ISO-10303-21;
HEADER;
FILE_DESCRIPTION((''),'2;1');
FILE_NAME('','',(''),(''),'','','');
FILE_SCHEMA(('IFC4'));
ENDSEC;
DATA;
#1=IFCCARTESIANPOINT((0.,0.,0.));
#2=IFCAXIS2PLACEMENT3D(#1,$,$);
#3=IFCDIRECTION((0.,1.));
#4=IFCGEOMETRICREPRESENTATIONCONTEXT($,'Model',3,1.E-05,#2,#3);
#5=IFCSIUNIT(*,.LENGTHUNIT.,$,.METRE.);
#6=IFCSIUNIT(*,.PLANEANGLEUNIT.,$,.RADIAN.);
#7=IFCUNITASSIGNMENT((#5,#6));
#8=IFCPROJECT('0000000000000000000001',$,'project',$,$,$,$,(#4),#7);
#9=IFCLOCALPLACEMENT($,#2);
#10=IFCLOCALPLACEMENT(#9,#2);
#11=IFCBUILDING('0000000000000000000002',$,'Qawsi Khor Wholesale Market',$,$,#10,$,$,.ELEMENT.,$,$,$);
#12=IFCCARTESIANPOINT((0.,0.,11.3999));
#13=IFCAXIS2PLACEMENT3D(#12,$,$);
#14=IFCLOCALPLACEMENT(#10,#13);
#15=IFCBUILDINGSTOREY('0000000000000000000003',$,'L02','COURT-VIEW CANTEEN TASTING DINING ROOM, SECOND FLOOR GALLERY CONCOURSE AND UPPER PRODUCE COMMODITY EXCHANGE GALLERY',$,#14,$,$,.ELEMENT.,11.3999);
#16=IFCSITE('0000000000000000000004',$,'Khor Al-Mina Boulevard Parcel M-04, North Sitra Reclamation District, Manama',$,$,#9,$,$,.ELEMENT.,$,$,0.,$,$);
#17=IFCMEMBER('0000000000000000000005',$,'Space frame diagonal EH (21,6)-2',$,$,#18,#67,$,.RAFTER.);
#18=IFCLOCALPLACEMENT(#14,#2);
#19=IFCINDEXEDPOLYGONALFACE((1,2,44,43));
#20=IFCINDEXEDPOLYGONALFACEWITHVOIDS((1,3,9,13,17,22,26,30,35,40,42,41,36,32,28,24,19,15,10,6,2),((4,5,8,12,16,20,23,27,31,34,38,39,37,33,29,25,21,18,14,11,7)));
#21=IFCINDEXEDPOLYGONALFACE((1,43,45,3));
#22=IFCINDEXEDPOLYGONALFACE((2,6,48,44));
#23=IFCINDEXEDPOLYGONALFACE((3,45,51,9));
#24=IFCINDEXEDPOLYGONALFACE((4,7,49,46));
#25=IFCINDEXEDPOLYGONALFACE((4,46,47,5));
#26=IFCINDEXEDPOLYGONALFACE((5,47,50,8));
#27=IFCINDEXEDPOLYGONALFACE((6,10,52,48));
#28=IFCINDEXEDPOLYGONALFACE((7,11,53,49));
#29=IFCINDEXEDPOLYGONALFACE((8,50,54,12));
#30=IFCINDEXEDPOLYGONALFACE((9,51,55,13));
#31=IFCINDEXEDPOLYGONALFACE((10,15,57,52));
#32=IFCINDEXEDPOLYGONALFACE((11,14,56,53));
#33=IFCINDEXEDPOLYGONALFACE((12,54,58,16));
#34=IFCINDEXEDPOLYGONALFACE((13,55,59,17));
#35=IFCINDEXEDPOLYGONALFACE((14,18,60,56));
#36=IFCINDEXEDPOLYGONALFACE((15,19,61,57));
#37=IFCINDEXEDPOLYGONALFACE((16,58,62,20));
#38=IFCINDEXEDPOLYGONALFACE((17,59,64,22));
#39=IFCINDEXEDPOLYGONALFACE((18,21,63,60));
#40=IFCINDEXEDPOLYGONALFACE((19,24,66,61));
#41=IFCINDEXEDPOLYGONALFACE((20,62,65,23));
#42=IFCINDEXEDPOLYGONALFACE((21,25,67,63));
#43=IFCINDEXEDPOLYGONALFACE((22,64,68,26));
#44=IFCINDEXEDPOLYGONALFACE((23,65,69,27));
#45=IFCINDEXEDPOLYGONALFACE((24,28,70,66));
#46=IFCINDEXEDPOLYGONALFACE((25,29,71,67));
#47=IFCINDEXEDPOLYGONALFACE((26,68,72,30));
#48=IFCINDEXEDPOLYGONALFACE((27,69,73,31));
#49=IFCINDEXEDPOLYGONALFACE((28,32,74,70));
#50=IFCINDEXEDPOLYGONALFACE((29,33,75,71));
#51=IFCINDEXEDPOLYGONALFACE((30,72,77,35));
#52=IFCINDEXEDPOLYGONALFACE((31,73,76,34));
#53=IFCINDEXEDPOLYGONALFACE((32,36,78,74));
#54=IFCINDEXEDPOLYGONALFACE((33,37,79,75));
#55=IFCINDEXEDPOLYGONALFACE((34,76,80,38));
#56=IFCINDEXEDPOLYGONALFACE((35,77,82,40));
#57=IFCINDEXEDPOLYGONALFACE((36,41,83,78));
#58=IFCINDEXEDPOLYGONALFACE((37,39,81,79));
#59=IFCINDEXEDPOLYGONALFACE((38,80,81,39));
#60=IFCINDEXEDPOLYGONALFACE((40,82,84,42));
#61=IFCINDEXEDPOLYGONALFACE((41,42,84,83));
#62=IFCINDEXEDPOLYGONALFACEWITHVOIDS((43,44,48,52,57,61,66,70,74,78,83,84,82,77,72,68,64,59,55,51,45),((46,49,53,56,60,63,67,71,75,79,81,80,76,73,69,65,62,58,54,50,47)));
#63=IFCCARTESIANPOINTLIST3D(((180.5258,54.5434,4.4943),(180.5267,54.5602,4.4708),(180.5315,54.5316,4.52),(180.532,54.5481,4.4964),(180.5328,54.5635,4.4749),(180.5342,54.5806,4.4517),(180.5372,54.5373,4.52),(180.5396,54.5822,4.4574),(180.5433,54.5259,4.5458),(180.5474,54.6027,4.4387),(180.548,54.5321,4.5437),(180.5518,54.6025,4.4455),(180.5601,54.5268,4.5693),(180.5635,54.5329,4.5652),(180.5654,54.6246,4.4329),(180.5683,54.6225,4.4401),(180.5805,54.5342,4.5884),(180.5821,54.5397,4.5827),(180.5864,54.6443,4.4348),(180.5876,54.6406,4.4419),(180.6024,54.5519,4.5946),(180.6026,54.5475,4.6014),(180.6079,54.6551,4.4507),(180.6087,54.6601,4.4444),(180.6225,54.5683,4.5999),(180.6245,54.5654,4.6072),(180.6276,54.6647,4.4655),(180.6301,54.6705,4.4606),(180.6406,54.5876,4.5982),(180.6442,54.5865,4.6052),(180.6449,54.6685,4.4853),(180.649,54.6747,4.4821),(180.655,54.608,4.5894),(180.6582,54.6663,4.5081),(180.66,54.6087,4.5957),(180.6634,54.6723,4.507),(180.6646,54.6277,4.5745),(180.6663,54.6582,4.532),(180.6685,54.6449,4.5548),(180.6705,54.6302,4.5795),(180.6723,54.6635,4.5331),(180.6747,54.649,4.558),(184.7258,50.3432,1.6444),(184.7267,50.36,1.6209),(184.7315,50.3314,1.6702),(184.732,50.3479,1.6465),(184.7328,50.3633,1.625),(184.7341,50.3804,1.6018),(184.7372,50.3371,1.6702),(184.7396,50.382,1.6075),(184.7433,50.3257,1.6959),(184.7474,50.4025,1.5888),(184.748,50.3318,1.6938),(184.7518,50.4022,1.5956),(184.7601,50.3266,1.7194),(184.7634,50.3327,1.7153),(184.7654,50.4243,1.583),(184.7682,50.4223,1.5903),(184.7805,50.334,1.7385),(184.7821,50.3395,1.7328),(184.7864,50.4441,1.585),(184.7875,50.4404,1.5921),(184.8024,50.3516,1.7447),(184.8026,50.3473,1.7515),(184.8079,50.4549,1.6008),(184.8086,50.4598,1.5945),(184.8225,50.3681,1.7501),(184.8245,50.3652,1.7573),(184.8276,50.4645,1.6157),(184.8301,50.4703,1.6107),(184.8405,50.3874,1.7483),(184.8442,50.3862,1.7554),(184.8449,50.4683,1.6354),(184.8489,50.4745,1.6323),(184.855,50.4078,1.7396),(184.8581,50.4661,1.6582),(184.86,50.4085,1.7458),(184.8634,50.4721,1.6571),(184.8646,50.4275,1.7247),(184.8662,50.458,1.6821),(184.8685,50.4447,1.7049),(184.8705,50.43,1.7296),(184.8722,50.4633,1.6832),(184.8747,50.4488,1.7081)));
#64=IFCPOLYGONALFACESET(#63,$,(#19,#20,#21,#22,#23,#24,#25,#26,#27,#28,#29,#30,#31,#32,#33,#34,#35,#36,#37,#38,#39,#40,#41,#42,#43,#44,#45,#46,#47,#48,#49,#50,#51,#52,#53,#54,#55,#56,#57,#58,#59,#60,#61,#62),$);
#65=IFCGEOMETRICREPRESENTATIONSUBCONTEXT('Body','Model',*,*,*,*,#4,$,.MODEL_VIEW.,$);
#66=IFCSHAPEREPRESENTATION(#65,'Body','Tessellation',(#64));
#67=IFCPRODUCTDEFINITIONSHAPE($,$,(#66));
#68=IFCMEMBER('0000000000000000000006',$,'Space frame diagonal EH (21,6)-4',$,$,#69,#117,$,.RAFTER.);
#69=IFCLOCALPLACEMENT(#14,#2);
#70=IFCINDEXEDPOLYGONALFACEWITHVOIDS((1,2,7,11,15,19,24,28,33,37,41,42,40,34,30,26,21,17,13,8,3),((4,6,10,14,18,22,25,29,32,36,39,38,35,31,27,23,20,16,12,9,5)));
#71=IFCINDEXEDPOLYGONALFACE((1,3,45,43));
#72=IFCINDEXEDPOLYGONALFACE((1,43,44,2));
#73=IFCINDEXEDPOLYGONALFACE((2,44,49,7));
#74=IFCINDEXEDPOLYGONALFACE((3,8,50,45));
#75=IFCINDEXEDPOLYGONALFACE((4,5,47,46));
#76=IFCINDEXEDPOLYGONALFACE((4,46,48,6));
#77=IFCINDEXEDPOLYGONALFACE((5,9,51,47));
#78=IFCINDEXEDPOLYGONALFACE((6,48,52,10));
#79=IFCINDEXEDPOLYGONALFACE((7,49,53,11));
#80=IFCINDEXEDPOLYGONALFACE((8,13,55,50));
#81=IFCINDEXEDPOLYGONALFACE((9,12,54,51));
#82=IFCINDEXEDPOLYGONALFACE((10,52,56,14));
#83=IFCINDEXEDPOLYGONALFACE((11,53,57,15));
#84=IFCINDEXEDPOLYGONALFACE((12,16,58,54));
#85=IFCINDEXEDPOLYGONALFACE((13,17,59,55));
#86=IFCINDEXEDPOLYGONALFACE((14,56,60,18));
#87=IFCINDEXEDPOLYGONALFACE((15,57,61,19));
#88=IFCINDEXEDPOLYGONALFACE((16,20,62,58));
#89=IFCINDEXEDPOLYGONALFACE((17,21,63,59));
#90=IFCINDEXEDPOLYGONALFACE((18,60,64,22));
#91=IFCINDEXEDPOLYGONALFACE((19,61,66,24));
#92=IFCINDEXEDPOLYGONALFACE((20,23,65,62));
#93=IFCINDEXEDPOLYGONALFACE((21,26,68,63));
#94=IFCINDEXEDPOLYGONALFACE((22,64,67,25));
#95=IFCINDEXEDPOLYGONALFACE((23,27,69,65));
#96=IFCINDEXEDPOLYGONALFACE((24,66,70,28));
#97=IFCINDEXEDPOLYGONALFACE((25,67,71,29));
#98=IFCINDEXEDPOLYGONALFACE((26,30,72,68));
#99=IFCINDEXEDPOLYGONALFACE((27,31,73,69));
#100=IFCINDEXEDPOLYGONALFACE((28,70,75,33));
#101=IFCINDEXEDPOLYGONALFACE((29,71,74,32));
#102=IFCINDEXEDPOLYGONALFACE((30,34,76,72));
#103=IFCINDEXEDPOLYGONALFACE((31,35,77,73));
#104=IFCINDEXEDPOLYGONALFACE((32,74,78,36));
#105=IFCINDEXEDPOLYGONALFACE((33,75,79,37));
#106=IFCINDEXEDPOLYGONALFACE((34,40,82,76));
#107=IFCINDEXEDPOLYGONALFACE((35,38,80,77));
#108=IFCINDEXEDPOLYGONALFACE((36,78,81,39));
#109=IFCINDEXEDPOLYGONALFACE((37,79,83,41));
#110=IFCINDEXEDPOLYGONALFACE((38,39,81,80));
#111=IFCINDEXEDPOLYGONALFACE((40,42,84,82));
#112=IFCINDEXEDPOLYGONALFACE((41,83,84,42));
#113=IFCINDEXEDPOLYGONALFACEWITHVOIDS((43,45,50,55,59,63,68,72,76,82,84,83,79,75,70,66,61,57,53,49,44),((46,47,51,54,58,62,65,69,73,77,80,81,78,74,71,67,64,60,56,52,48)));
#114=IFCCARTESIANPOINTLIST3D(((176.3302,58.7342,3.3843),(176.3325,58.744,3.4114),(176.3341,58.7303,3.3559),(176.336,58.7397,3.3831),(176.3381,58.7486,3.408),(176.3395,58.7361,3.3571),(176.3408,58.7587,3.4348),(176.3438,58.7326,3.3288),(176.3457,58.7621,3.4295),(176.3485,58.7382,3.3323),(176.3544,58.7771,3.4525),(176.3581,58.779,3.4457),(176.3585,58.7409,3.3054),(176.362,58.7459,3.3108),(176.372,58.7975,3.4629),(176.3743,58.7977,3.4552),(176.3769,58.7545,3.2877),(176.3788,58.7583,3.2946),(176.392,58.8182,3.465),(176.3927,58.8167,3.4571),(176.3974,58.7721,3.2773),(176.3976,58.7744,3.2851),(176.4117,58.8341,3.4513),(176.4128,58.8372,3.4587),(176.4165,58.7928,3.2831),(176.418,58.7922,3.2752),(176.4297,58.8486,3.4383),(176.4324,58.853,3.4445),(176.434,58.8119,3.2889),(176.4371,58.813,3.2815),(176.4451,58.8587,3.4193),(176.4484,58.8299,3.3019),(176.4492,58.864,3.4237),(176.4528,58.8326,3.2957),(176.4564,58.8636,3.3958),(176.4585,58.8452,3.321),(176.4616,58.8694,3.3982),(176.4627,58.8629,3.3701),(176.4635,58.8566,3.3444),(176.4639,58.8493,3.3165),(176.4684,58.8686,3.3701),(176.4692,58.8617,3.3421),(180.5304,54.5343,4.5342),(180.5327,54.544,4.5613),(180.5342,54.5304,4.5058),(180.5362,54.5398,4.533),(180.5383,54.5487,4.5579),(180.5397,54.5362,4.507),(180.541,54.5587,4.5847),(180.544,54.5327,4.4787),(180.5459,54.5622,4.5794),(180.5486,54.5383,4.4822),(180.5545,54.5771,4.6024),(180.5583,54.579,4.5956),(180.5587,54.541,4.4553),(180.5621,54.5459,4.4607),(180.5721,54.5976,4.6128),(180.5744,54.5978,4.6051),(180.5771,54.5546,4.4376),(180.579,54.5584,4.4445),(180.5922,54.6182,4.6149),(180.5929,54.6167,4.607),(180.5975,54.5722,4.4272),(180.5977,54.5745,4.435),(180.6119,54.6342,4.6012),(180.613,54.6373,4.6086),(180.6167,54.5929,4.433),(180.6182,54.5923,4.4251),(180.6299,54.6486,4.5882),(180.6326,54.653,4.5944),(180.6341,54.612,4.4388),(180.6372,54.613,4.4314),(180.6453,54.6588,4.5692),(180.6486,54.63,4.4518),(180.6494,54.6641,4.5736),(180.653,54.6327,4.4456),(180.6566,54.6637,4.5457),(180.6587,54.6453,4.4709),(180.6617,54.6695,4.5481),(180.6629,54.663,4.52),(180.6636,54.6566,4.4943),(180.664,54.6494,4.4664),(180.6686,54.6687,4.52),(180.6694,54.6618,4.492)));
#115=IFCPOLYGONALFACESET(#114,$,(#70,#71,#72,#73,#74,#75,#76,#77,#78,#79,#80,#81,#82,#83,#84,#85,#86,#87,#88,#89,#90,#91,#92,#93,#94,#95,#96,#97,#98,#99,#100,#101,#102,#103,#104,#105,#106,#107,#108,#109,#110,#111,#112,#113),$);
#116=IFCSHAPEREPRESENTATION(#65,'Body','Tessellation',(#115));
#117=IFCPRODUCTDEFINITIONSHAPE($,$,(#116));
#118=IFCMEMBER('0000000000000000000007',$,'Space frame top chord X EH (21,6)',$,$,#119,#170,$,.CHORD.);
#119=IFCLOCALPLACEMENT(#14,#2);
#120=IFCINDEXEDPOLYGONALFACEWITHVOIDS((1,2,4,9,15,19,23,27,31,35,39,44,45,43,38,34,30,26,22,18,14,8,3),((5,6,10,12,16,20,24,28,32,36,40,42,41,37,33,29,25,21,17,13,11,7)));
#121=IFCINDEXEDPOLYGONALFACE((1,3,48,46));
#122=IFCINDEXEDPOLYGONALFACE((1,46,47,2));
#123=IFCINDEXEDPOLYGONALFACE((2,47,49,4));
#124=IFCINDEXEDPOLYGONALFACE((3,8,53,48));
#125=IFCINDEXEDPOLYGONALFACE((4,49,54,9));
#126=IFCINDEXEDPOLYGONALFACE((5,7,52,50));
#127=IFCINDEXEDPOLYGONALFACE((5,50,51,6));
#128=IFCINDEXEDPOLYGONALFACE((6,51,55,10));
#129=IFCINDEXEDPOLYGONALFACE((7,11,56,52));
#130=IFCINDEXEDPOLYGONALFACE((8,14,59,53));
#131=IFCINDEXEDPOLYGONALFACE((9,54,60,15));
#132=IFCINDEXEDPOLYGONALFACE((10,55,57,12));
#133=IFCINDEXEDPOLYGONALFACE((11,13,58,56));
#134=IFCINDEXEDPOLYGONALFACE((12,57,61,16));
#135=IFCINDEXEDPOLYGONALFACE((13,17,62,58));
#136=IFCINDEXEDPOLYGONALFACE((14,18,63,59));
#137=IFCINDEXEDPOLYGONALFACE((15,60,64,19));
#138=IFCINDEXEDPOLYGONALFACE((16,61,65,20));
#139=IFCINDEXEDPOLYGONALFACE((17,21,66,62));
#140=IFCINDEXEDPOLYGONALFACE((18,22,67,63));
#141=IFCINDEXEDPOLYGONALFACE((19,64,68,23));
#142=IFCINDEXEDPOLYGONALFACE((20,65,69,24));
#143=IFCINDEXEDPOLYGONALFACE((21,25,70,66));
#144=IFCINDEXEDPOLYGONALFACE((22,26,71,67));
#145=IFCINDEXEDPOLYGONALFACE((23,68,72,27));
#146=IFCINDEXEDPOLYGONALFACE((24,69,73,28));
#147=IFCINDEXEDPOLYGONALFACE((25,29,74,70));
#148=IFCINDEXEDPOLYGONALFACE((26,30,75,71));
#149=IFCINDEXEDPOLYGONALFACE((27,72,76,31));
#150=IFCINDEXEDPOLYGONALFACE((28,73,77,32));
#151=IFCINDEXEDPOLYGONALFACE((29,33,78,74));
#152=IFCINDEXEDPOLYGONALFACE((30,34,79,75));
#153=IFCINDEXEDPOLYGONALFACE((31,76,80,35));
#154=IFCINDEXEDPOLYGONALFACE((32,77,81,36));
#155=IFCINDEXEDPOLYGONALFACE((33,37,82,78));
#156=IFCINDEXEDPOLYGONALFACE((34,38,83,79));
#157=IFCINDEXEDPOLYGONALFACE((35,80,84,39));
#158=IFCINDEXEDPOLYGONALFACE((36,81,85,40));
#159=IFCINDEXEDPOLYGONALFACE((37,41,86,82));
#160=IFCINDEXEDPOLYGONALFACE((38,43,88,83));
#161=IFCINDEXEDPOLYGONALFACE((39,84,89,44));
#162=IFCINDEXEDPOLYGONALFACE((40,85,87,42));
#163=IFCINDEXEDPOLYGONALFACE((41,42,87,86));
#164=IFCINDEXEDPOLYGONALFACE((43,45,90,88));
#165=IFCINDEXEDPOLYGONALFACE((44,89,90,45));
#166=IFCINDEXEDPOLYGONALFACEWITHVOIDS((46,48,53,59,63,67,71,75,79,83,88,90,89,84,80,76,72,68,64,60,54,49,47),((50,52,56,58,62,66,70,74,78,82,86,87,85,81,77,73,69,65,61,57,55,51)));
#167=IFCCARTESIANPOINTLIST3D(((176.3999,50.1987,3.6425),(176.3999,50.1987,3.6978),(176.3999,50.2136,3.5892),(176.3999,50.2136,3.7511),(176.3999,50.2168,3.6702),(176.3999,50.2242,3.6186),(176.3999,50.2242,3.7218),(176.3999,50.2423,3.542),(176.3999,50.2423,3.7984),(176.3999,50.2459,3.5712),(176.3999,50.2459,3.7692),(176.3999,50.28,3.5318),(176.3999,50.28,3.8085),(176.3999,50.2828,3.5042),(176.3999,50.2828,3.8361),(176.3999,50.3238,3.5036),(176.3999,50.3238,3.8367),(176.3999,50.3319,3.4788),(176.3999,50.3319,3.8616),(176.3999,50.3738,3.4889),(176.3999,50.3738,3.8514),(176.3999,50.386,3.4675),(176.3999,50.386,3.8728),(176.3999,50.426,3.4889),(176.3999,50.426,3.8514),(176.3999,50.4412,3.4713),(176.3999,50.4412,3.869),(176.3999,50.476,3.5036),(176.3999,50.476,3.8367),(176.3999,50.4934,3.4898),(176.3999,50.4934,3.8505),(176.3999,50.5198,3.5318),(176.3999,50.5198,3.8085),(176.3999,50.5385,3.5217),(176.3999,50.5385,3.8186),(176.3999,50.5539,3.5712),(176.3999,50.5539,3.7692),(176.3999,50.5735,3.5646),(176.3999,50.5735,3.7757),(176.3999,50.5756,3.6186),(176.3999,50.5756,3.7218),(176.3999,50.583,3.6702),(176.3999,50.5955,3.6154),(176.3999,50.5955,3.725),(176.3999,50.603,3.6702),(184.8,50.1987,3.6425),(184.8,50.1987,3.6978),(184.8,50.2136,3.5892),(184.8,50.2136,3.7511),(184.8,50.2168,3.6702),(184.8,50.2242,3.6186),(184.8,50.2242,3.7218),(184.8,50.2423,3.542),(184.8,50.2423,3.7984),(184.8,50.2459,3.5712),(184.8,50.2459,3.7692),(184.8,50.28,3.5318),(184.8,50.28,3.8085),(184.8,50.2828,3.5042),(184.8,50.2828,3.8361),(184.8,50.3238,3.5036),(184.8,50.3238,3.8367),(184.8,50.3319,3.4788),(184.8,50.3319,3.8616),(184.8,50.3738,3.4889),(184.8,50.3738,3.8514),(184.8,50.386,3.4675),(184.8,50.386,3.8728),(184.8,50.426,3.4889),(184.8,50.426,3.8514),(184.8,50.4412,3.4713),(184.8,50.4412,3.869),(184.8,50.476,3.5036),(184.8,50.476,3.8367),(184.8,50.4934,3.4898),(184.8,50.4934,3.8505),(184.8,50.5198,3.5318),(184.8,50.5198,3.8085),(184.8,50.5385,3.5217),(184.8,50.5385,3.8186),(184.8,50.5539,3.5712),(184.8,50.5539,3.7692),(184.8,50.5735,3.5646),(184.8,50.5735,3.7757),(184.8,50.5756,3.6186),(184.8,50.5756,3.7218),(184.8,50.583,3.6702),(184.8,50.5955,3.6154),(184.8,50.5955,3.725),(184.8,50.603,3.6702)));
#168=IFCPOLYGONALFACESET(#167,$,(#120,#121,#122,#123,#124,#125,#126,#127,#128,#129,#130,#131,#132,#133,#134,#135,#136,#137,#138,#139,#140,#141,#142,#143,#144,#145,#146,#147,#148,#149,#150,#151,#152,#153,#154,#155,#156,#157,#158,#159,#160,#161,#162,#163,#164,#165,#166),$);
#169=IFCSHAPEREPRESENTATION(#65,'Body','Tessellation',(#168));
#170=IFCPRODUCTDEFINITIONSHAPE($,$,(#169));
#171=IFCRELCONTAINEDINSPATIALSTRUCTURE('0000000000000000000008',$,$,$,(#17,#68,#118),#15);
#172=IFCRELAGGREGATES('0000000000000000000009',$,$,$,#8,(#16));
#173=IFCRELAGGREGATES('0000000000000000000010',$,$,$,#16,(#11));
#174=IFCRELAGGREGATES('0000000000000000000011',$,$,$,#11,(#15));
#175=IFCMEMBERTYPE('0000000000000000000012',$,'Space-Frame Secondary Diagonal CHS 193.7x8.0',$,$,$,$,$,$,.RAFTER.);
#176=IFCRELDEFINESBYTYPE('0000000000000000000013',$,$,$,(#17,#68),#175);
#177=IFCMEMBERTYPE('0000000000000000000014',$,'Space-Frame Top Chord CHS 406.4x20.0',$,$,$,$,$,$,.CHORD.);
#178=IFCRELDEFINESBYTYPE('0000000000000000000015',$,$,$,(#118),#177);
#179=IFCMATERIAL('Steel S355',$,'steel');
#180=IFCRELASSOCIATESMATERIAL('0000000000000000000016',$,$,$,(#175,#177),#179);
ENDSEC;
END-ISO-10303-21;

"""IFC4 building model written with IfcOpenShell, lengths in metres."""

from ifc_helpers import new_model, si_unit, direction, frame, origin, origin_2d, place, context, subcontext, project, spatial, hollow_circle, extrude, material, material_profile, profile_set, type_object, element, save


model = new_model("IFC4")

# Units and contexts
model_context = context("Model", 3, precision=1e-05, world=origin(), true_north=direction((0.0, 1.0)))
body_context = subcontext(model_context, "Body", "Model", "MODEL_VIEW")
ifc_project = project(units=[si_unit("LENGTHUNIT", "METRE"), si_unit("PLANEANGLEUNIT", "RADIAN")], contexts=[model_context])

# Site, building, storey
site_placement = place(None, origin())
site = spatial("IfcSite", under=ifc_project, at=site_placement, Name="Khor Al-Mina Boulevard Parcel M-04, North Sitra Reclamation District, Manama", CompositionType="ELEMENT", RefElevation=0.0)
building_placement = place(site_placement, origin())
building = spatial("IfcBuilding", under=site, at=building_placement, Name="Qawsi Khor Wholesale Market", CompositionType="ELEMENT")
storey_placement = place(building_placement, frame((0.0, 0.0, 11.3999)))
storey = spatial("IfcBuildingStorey", under=building, at=storey_placement, Name="L02", Description="COURT-VIEW CANTEEN TASTING DINING ROOM, SECOND FLOOR GALLERY CONCOURSE AND UPPER PRODUCE COMMODITY EXCHANGE GALLERY", CompositionType="ELEMENT", Elevation=11.3999)

# Members
ifc_material_1 = material(Name="Steel S355", Category="steel")
ifc_material_profile_1 = material_profile(ifc_material_1, hollow_circle(Radius=0.0969, WallThickness=0.0081, at=origin_2d()), Name="CHS 193.7x8.0")
ifc_profile_set_1 = profile_set([ifc_material_profile_1], Name="Steel S355")
member_type_1 = type_object("IfcMemberType", Name="Space-Frame Secondary Diagonal CHS 193.7x8.0", PredefinedType="RAFTER", material=ifc_profile_set_1)
for number, where, z_axis, x_axis, name in (
    (1, (184.8, 50.3999, 1.6702), (-0.637507, 0.637544, 0.432577), (-0.707127, -0.707086, 0.0), "Space frame diagonal EH (21,6)-2"),
):
    element("IfcMember", number, at=place(storey_placement, frame(where, z_axis=z_axis, x_axis=x_axis)), inside=storey, type_object=member_type_1, Name=name, PredefinedType="RAFTER", context=body_context, shape_type="SweptSolid", body=[
        extrude(hollow_circle(Radius=0.0969, WallThickness=0.0081, at=origin_2d()), origin(), (0.0, 0.0, 1.0), 6.5881),
    ])
member_1_placement = place(storey_placement, frame((176.3999, 58.8, 3.3701), z_axis=(0.694238, -0.694197, 0.190064), x_axis=(0.707086, 0.707127, 0.0)))
element("IfcMember", 2, at=member_1_placement, inside=storey, type_object=member_type_1, Name="Space frame diagonal EH (21,6)-4", PredefinedType="RAFTER", context=body_context, shape_type="SweptSolid", body=[
    extrude(hollow_circle(Radius=0.0969, WallThickness=0.0081, at=origin_2d()), origin(), (0.0, 0.0, 1.0), 6.05),
])
ifc_material_profile_2 = material_profile(ifc_material_1, hollow_circle(Radius=0.2031, WallThickness=0.02, at=origin_2d()), Name="CHS 406.4x20.0")
ifc_profile_set_2 = profile_set([ifc_material_profile_2], Name="Steel S355")
member_type_2 = type_object("IfcMemberType", Name="Space-Frame Top Chord CHS 406.4x20.0", PredefinedType="CHORD", material=ifc_profile_set_2)
member_2_placement = place(storey_placement, frame((176.3999, 50.3999, 3.6702), z_axis=(1.0, 0.0, 0.0), x_axis=(0.0, 1.0, 0.0)))
element("IfcMember", 3, at=member_2_placement, inside=storey, type_object=member_type_2, Name="Space frame top chord X EH (21,6)", PredefinedType="CHORD", context=body_context, shape_type="SweptSolid", body=[
    extrude(hollow_circle(Radius=0.2031, WallThickness=0.02, at=origin_2d()), origin(), (0.0, 0.0, 1.0), 8.4001),
])

save(model, "model.ifc")
